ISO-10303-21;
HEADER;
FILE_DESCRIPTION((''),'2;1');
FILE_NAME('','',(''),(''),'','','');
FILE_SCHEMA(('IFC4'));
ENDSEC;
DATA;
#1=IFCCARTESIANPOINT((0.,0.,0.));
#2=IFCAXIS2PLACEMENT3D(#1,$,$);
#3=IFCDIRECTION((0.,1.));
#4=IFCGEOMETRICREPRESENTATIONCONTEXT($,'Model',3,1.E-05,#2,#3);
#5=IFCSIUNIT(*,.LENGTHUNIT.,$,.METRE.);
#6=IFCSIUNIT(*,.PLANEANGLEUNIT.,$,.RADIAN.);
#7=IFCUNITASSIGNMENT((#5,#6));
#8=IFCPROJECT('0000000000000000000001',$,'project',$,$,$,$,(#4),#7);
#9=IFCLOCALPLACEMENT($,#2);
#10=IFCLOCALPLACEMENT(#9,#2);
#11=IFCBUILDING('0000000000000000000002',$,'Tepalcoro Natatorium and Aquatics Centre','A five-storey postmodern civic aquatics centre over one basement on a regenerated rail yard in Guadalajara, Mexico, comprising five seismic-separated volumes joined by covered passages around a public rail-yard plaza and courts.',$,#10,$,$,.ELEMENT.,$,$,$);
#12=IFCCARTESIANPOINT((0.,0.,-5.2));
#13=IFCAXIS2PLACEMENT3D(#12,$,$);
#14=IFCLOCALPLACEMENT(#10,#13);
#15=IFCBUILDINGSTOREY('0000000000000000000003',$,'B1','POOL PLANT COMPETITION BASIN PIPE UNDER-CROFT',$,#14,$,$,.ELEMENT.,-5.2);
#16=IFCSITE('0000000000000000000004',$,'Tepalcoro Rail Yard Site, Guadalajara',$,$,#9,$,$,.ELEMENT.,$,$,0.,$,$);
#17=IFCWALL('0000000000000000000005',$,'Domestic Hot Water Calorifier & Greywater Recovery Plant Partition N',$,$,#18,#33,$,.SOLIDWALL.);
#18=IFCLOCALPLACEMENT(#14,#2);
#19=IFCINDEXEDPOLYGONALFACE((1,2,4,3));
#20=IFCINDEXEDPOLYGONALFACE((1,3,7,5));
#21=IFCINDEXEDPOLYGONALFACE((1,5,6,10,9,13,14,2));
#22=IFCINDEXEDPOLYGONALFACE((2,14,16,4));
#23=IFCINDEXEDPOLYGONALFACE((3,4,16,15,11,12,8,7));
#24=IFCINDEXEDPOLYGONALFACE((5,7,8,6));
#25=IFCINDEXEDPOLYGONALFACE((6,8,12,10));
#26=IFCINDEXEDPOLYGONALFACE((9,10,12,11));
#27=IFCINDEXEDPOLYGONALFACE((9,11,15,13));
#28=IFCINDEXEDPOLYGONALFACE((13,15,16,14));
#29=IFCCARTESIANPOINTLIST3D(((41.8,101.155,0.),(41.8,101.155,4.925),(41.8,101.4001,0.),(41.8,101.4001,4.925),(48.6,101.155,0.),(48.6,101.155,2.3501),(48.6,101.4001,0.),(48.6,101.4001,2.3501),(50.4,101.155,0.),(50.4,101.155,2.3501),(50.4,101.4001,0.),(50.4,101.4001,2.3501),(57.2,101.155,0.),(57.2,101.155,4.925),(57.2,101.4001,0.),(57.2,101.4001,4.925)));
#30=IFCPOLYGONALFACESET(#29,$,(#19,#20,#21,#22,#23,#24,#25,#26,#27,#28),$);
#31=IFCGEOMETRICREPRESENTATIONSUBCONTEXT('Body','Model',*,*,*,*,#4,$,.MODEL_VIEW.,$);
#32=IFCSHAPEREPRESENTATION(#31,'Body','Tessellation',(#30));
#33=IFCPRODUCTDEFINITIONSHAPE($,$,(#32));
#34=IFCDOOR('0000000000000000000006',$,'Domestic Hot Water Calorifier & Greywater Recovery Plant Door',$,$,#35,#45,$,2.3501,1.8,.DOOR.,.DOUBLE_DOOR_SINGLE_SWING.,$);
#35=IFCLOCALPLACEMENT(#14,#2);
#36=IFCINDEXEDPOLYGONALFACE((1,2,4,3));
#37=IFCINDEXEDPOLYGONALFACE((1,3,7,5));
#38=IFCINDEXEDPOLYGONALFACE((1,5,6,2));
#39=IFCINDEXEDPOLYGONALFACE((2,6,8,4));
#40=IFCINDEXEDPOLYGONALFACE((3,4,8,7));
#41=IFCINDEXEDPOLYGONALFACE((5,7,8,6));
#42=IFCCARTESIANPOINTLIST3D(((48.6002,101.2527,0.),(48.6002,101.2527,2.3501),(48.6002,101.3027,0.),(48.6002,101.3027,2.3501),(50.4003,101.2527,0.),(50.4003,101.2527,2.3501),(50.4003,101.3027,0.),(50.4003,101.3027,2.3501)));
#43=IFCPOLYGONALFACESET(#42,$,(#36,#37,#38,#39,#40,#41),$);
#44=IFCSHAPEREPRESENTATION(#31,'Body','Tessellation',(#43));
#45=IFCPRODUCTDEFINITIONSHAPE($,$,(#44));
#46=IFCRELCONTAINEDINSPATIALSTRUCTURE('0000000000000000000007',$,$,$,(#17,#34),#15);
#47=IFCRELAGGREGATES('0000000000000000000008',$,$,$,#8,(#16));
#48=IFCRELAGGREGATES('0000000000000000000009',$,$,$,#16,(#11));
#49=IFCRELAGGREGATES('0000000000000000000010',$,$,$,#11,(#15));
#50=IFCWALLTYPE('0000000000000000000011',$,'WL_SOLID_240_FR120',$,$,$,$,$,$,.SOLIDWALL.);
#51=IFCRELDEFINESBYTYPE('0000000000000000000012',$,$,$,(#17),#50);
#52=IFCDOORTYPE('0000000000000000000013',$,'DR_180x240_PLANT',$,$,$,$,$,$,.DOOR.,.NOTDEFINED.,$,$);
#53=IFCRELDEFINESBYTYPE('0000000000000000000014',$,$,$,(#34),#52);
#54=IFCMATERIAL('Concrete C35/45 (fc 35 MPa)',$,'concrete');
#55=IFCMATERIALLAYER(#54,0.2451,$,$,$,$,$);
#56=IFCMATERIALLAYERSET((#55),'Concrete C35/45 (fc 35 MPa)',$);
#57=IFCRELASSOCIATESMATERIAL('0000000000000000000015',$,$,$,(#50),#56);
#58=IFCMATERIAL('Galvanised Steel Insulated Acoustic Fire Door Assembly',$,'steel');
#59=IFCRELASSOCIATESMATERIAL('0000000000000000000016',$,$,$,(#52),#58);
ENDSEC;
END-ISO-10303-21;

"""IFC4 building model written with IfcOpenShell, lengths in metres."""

from ifc_helpers import new_model, si_unit, direction, frame, frame_2d, origin, place, context, subcontext, project, spatial, rectangle, extrude, material, layer, layer_set, type_object, element, fill, save


model = new_model("IFC4")

# Units and contexts
model_context = context("Model", 3, precision=1e-05, world=origin(), true_north=direction((0.0, 1.0)))
body_context = subcontext(model_context, "Body", "Model", "MODEL_VIEW")
ifc_project = project(units=[si_unit("LENGTHUNIT", "METRE"), si_unit("PLANEANGLEUNIT", "RADIAN")], contexts=[model_context])

# Site, building, storey
site_placement = place(None, origin())
site = spatial("IfcSite", under=ifc_project, at=site_placement, Name="Tepalcoro Rail Yard Site, Guadalajara", CompositionType="ELEMENT", RefElevation=0.0)
building_placement = place(site_placement, origin())
building = spatial("IfcBuilding", under=site, at=building_placement, Name="Tepalcoro Natatorium and Aquatics Centre", Description="A five-storey postmodern civic aquatics centre over one basement on a regenerated rail yard in Guadalajara, Mexico, comprising five seismic-separated volumes joined by covered passages around a public rail-yard plaza and courts.", CompositionType="ELEMENT")
storey_placement = place(building_placement, frame((0.0, 0.0, -5.2)))
storey = spatial("IfcBuildingStorey", under=building, at=storey_placement, Name="B1", Description="POOL PLANT COMPETITION BASIN PIPE UNDER-CROFT", CompositionType="ELEMENT", Elevation=-5.2)

# Shared definitions
ifc_material_1 = material(Name="Concrete C35/45 (fc 35 MPa)", Category="concrete")
ifc_layer_1 = layer(ifc_material_1, 0.2451)
ifc_layer_set_1 = layer_set([ifc_layer_1], Name="Concrete C35/45 (fc 35 MPa)")
wall_type_1 = type_object("IfcWallType", Name="WL_SOLID_240_FR120", PredefinedType="SOLIDWALL", material=ifc_layer_set_1)
ifc_material_2 = material(Name="Galvanised Steel Insulated Acoustic Fire Door Assembly", Category="steel")

# Wall, opening, door
wall_1_placement = place(storey_placement, frame((41.8, 101.2776, 0.0), z_axis=(0.0, 0.0, 1.0), x_axis=(1.0, 0.0, 0.0)))
wall_1 = element("IfcWall", 1, at=wall_1_placement, inside=storey, type_object=wall_type_1, Name="Domestic Hot Water Calorifier & Greywater Recovery Plant Partition N", PredefinedType="SOLIDWALL", context=body_context, shape_type="SweptSolid", body=[
    extrude(rectangle(XDim=15.3999, YDim=0.2451, at=frame_2d((7.7, 0.0))), origin(), (0.0, 0.0, 1.0), 4.925),
])
opening_1_placement = place(wall_1_placement, frame((6.8, 0.0, 0.0)))
opening_1 = element("IfcOpeningElement", 2, at=opening_1_placement, cuts=wall_1, PredefinedType="OPENING", context=body_context, shape_type="SweptSolid", body=[
    extrude(rectangle(XDim=1.8, YDim=2.3501, at=frame_2d((0.8999, 1.175))), frame((0.0, 0.1345, 0.0), z_axis=(0.0, -1.0, 0.0), x_axis=(1.0, 0.0, 0.0)), (0.0, 0.0, 1.0), 0.269),
])
door_type_1 = type_object("IfcDoorType", Name="DR_180x240_PLANT", OperationType="NOTDEFINED", PredefinedType="DOOR", material=ifc_material_2)
door_1_placement = place(opening_1_placement, frame((1.8, 0.0, 0.0), z_axis=(0.0, 0.0, 1.0), x_axis=(-1.0, 0.0, 0.0)))
door_1 = element("IfcDoor", 3, at=door_1_placement, inside=storey, type_object=door_type_1, Name="Domestic Hot Water Calorifier & Greywater Recovery Plant Door", OperationType="DOUBLE_DOOR_SINGLE_SWING", OverallHeight=2.3501, OverallWidth=1.8, PredefinedType="DOOR", context=body_context, shape_type="SweptSolid", body=[
    extrude(rectangle(XDim=1.8, YDim=2.3501, at=frame_2d((0.8999, 1.175))), frame((0.0, 0.0249, 0.0), z_axis=(0.0, -1.0, 0.0), x_axis=(1.0, 0.0, 0.0)), (0.0, 0.0, 1.0), 0.05),
])
fill(opening_1, door_1)

save(model, "model.ifc")
